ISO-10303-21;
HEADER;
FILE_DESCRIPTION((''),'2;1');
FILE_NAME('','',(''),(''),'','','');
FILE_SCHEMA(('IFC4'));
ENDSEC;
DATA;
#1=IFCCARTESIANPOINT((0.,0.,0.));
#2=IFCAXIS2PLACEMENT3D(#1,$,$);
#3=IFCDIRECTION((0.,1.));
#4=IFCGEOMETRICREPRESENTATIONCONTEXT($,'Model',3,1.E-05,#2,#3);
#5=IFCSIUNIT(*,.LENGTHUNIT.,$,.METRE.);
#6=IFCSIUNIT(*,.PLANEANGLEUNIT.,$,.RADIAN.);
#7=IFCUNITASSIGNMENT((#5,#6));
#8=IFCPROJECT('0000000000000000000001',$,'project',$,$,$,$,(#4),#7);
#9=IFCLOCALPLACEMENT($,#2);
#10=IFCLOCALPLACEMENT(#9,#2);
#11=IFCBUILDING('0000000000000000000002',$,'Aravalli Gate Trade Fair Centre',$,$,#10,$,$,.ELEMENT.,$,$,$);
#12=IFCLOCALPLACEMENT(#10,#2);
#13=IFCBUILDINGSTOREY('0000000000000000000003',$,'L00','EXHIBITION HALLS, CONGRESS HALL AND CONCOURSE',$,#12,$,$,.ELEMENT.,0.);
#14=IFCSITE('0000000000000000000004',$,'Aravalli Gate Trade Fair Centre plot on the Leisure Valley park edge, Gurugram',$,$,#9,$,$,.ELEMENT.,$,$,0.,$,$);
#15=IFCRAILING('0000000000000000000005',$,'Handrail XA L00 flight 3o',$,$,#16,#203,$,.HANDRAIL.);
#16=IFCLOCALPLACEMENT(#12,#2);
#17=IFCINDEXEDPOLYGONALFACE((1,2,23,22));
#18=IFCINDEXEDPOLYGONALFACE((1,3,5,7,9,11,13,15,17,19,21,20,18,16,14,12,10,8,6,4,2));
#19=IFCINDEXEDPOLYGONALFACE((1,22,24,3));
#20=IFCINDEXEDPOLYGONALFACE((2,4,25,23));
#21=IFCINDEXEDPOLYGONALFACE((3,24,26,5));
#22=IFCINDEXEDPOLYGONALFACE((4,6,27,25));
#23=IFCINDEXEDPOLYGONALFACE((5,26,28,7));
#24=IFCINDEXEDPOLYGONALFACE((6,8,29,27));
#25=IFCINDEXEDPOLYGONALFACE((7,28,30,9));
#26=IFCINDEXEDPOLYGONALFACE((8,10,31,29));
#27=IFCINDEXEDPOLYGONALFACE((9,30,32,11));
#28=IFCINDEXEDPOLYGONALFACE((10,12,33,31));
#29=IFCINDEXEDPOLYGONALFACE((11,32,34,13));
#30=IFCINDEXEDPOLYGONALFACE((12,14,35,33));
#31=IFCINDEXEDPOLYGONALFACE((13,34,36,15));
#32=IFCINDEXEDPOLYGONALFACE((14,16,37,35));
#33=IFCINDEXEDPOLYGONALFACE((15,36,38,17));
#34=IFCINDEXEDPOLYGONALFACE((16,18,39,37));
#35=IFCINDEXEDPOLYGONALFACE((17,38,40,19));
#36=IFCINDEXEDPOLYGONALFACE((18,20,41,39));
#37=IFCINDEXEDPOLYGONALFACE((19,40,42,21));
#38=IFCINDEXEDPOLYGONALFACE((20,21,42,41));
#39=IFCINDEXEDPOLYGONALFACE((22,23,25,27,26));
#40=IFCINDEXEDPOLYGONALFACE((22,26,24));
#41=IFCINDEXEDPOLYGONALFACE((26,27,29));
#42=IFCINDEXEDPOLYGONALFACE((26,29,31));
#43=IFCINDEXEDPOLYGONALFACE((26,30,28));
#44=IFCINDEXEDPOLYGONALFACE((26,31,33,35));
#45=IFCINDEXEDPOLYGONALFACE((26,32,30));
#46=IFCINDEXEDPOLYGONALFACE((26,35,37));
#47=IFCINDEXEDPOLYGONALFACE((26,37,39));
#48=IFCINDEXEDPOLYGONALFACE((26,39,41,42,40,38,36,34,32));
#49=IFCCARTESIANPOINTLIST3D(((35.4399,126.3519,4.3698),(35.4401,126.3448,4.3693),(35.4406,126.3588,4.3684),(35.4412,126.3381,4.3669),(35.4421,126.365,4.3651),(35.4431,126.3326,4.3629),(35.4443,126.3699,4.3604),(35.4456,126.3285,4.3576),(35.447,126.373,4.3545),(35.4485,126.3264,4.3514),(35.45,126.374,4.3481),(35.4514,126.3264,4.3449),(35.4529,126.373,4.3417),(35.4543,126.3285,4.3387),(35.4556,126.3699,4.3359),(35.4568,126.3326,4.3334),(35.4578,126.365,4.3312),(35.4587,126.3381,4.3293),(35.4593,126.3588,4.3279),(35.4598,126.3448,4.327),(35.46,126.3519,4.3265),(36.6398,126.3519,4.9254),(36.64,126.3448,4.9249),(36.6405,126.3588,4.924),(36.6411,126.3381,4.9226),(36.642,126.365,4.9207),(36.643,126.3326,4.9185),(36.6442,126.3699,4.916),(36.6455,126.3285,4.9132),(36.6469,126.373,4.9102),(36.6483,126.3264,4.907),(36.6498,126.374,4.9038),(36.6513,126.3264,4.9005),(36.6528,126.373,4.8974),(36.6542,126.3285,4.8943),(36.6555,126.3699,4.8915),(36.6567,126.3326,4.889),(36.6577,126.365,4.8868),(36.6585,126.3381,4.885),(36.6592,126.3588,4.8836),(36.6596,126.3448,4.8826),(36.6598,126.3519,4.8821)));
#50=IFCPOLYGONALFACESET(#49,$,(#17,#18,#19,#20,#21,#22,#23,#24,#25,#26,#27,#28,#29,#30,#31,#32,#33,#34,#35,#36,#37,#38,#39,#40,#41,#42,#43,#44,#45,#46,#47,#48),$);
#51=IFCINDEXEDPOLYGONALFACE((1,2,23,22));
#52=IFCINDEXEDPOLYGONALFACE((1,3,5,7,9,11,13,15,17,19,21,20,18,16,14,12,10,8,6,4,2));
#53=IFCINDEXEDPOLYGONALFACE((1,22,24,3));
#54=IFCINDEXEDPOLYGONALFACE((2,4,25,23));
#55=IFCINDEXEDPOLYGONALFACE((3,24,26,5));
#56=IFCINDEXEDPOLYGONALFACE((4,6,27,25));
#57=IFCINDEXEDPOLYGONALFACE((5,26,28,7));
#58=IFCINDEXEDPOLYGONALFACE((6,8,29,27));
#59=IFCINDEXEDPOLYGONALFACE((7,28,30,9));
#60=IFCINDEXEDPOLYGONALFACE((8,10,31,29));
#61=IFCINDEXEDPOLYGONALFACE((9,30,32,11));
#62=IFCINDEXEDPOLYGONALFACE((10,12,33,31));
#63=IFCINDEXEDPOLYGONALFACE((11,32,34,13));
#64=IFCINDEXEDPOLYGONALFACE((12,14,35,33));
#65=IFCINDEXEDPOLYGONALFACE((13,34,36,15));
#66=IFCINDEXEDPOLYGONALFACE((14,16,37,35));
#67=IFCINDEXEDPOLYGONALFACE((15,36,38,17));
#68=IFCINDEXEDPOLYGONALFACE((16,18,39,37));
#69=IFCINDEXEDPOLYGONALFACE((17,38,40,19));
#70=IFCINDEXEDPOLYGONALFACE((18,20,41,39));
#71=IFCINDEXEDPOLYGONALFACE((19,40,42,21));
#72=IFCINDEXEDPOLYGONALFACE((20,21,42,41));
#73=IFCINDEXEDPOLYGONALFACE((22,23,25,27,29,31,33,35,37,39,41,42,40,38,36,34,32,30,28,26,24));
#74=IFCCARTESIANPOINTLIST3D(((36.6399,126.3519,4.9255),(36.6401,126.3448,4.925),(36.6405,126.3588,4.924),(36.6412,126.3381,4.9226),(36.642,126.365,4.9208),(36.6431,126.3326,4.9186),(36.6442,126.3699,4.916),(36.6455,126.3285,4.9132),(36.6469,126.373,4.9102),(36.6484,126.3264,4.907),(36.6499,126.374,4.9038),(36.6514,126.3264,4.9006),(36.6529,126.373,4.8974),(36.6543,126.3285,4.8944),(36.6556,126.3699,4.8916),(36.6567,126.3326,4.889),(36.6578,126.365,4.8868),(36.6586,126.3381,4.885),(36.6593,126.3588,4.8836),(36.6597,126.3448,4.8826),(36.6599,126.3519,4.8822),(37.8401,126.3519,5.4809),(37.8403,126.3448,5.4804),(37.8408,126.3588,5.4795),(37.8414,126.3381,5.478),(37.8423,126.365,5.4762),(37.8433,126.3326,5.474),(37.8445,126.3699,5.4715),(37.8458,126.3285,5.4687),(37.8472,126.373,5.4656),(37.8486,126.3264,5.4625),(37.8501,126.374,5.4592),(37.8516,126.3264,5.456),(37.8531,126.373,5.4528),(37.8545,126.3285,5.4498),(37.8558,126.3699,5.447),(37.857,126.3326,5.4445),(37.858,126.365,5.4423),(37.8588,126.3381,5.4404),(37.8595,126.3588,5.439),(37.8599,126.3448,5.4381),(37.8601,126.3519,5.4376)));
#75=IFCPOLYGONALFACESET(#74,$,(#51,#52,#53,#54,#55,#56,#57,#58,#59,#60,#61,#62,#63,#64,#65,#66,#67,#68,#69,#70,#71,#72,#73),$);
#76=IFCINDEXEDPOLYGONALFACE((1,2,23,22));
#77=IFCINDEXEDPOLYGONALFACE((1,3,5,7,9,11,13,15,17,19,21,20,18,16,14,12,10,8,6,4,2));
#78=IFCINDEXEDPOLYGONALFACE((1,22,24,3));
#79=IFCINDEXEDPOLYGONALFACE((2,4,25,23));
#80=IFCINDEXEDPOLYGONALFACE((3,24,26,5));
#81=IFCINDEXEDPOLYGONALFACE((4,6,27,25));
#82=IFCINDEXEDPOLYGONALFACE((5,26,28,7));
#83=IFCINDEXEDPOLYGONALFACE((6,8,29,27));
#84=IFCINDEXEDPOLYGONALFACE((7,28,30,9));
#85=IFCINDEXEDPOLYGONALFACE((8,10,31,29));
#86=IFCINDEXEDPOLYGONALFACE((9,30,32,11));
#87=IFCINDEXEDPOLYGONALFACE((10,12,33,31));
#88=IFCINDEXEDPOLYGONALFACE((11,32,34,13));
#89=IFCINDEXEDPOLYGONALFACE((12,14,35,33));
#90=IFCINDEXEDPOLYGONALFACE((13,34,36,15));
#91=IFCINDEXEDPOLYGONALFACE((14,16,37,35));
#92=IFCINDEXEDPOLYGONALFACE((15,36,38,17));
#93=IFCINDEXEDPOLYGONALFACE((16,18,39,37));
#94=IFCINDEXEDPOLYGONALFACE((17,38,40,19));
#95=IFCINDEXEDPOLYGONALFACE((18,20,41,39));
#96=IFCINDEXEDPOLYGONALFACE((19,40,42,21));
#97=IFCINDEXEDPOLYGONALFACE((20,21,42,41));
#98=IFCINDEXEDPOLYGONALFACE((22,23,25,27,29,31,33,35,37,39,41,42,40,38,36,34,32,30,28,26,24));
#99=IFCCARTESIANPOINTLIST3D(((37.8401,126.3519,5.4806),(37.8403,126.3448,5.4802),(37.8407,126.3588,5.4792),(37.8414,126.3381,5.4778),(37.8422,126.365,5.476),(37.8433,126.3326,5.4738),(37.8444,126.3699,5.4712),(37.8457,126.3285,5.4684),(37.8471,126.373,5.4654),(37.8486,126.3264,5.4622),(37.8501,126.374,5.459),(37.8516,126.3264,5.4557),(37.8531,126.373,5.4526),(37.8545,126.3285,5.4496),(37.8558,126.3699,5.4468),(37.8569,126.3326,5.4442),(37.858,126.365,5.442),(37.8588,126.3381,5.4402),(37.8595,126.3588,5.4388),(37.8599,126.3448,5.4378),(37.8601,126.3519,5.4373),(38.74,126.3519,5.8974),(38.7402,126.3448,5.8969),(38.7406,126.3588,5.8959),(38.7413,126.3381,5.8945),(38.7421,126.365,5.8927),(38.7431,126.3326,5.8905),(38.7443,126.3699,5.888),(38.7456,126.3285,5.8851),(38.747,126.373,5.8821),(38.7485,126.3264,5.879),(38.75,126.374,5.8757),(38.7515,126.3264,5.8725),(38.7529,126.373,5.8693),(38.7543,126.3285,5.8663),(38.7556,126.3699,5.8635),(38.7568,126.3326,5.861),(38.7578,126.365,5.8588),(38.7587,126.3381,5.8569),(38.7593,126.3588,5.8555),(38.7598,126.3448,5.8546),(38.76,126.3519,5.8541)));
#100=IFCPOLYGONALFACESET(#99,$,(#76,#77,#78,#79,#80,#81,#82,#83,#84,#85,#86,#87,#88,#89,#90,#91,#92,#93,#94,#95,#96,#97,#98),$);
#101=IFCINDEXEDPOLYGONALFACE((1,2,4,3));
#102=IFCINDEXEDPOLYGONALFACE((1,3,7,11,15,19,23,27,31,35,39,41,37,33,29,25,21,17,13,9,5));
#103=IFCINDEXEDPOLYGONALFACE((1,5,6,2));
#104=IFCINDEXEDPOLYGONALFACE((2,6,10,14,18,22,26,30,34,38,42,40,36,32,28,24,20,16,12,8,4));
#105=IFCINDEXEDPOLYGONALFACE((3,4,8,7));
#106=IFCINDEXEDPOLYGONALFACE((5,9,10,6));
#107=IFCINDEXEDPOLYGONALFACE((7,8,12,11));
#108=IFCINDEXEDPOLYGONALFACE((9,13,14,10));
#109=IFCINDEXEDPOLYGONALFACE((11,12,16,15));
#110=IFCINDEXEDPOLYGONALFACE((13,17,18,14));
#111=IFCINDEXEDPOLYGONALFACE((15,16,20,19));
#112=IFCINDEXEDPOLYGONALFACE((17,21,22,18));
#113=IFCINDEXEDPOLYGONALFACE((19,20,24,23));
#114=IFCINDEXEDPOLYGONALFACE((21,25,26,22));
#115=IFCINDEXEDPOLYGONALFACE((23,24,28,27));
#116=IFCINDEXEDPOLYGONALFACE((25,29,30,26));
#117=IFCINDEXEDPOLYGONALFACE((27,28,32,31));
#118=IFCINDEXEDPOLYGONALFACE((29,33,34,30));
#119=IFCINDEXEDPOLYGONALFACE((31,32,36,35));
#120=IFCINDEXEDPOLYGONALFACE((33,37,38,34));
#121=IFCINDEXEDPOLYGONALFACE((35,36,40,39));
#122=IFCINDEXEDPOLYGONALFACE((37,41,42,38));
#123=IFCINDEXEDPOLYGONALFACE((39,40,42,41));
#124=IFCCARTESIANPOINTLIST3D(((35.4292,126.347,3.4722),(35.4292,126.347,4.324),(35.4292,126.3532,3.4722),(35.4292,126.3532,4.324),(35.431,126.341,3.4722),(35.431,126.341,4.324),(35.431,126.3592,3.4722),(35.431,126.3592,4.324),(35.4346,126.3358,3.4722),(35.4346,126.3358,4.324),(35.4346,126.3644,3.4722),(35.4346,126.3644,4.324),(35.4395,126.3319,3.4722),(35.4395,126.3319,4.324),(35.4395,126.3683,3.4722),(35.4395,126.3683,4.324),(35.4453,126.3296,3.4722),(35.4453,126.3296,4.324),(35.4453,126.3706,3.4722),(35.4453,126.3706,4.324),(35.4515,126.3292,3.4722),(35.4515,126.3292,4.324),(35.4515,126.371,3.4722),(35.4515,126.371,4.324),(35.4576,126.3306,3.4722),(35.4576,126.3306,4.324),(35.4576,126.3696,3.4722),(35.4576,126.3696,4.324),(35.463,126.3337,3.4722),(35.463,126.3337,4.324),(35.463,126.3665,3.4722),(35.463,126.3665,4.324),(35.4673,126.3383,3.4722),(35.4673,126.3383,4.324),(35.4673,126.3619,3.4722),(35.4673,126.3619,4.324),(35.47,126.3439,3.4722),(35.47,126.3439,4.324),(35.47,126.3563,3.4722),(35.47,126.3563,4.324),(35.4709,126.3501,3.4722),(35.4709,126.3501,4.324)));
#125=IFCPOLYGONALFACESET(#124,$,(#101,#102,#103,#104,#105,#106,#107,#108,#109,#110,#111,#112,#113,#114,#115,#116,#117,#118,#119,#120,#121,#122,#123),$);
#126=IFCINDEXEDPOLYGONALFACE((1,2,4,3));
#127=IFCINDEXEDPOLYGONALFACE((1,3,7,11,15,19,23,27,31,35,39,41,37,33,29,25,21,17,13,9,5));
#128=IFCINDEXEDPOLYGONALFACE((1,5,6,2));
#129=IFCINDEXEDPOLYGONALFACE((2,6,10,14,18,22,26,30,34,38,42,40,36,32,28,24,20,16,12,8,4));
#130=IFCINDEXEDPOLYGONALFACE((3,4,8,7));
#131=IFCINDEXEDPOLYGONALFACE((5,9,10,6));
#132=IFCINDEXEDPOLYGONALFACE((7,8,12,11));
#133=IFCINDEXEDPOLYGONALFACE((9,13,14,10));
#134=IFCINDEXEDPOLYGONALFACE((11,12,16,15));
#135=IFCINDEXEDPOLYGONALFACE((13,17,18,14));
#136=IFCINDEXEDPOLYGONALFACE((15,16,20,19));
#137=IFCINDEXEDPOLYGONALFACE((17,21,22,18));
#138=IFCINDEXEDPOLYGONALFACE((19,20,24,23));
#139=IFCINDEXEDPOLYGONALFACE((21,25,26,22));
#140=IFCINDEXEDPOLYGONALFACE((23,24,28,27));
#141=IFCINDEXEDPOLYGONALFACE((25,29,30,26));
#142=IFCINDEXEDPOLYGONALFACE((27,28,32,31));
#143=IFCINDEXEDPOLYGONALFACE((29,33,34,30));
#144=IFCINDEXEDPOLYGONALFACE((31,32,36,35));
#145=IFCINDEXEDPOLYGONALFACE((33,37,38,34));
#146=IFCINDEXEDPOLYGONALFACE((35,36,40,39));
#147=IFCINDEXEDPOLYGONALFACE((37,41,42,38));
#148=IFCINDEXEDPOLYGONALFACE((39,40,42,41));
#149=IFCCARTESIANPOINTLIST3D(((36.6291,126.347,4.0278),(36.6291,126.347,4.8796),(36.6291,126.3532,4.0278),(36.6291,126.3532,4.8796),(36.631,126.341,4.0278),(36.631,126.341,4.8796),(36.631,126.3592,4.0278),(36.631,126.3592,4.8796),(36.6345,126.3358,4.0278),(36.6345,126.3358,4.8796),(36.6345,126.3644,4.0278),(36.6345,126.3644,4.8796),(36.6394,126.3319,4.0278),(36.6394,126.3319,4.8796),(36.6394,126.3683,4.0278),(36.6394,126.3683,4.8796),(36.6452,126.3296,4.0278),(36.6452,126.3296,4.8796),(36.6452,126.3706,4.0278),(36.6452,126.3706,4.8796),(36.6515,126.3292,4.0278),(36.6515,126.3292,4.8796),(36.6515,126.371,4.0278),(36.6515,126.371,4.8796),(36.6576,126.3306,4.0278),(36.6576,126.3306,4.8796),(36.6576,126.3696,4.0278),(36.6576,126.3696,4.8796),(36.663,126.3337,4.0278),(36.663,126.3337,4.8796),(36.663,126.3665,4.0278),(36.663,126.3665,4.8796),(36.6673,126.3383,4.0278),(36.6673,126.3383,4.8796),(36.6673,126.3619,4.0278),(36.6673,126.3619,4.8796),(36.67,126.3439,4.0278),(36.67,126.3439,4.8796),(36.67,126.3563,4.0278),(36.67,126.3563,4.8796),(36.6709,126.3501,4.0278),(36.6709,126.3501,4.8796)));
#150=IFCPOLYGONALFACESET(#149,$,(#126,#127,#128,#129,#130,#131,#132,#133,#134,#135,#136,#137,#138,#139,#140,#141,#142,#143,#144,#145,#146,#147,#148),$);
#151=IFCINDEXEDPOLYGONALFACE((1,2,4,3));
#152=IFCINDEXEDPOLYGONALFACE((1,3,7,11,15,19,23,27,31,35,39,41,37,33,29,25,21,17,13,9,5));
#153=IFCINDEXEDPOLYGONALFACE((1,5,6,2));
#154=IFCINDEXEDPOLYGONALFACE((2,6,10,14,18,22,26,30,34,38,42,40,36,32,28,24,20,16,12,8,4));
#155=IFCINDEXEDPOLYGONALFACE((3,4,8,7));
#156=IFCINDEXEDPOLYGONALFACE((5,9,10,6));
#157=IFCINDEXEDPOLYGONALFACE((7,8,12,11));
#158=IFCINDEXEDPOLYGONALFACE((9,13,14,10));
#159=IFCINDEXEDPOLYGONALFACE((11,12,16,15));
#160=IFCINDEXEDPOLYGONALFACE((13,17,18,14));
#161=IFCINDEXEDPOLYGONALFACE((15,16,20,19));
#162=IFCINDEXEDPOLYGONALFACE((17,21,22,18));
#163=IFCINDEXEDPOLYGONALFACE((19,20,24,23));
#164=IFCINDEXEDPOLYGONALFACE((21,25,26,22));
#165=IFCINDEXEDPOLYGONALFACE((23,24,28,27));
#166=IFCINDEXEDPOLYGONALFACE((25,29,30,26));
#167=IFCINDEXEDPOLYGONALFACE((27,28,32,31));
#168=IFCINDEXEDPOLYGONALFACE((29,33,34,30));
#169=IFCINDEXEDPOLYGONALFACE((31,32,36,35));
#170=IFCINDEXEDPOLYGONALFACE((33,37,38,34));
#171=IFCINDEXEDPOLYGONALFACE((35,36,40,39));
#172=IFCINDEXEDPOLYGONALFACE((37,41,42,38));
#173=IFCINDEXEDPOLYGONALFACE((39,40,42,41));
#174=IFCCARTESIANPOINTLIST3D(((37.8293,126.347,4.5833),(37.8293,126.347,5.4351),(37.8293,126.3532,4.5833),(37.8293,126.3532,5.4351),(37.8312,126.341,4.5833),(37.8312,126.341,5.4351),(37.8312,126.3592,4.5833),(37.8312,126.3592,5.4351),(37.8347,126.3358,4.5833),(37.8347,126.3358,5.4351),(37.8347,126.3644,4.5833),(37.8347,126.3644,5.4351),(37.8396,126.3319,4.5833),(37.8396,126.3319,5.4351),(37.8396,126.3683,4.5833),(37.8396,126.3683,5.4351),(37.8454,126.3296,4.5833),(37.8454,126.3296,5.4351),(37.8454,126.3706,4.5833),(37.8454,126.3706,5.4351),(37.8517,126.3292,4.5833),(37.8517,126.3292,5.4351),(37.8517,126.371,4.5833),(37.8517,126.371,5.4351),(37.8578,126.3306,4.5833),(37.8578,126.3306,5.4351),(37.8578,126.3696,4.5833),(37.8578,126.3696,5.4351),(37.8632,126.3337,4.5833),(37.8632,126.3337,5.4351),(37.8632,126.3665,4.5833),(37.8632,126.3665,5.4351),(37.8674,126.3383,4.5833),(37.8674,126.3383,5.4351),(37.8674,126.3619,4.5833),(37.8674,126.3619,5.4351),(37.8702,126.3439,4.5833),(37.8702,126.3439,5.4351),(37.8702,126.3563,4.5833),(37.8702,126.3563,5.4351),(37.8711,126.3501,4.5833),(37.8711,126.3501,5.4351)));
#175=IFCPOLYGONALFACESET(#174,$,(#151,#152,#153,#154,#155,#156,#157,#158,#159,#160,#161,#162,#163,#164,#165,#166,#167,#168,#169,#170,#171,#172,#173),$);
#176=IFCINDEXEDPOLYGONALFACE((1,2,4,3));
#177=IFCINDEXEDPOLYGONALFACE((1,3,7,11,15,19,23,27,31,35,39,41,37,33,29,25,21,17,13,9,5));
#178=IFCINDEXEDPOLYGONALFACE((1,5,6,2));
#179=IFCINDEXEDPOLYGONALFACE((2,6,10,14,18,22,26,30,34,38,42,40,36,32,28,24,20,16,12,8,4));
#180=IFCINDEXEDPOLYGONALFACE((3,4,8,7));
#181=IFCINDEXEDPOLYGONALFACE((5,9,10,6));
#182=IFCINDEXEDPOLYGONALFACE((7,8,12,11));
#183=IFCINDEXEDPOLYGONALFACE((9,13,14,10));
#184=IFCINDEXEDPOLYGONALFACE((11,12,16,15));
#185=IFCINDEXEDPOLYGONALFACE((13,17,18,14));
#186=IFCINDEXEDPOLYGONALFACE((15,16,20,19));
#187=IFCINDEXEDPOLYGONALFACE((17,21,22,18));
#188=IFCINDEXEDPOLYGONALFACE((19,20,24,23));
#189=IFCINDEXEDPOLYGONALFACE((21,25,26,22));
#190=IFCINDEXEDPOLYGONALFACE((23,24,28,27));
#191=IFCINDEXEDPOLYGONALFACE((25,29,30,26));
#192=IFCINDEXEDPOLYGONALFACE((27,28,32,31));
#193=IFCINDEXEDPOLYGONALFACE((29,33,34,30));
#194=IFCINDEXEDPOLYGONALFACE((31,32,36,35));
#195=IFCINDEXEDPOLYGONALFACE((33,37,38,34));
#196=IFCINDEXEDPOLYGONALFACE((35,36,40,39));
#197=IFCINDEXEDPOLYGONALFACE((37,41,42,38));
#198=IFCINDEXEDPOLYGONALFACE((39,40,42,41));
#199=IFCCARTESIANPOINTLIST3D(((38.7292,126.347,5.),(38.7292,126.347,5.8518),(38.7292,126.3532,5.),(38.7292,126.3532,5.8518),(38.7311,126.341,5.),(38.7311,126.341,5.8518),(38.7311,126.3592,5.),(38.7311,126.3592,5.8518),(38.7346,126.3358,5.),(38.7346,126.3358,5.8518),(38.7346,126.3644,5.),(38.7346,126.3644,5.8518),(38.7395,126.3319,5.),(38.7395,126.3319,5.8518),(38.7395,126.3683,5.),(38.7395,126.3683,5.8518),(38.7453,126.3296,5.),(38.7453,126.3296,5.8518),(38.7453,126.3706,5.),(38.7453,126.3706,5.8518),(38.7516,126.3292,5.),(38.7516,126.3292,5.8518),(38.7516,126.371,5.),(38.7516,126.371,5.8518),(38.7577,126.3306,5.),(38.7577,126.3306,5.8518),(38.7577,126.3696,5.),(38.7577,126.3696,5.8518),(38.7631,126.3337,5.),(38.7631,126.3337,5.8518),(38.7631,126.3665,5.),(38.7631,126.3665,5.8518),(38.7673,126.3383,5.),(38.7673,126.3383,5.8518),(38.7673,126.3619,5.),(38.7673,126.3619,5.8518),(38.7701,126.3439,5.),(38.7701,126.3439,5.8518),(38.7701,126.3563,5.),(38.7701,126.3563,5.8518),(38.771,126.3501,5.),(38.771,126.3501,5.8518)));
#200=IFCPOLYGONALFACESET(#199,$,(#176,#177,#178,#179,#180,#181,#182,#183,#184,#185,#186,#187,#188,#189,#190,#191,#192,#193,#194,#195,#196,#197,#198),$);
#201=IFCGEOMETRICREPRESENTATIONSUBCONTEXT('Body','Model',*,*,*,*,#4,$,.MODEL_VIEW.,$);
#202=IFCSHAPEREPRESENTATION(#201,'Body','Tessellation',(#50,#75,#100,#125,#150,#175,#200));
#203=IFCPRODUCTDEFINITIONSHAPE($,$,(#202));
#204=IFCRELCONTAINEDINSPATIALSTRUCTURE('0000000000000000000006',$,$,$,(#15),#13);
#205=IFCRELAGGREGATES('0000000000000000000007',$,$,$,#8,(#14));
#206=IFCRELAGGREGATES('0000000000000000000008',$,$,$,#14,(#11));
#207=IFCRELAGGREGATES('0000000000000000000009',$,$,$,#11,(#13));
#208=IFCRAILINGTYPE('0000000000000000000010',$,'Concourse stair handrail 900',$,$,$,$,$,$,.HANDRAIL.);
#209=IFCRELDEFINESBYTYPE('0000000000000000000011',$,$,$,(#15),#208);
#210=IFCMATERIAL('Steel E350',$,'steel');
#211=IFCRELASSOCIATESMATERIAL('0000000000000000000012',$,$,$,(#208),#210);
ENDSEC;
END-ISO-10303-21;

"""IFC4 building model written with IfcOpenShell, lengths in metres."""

from ifc_helpers import new_model, si_unit, direction, frame, origin, origin_2d, place, context, subcontext, project, spatial, circle, extrude, material, type_object, element, save


model = new_model("IFC4")

# Units and contexts
model_context = context("Model", 3, precision=1e-05, world=origin(), true_north=direction((0.0, 1.0)))
body_context = subcontext(model_context, "Body", "Model", "MODEL_VIEW")
ifc_project = project(units=[si_unit("LENGTHUNIT", "METRE"), si_unit("PLANEANGLEUNIT", "RADIAN")], contexts=[model_context])

# Site, building, storey
site_placement = place(None, origin())
site = spatial("IfcSite", under=ifc_project, at=site_placement, Name="Aravalli Gate Trade Fair Centre plot on the Leisure Valley park edge, Gurugram", CompositionType="ELEMENT", RefElevation=0.0)
building_placement = place(site_placement, origin())
building = spatial("IfcBuilding", under=site, at=building_placement, Name="Aravalli Gate Trade Fair Centre", CompositionType="ELEMENT")
storey_placement = place(building_placement, origin())
storey = spatial("IfcBuildingStorey", under=building, at=storey_placement, Name="L00", Description="EXHIBITION HALLS, CONGRESS HALL AND CONCOURSE", CompositionType="ELEMENT", Elevation=0.0)

# Shared definitions
ifc_material_1 = material(Name="Steel E350", Category="steel")

# Railing
railing_type = type_object("IfcRailingType", Name="Concourse stair handrail 900", PredefinedType="HANDRAIL", material=ifc_material_1)
for number, where, name in (
    (1, (35.45, 126.3501, 3.4722), "Handrail XA L00 flight 3o"),
):
    element("IfcRailing", number, at=place(storey_placement, frame(where)), inside=storey, type_object=railing_type, Name=name, PredefinedType="HANDRAIL", context=body_context, shape_type="SweptSolid", body=[
        extrude(circle(Radius=0.0239, at=origin_2d()), frame((0.0, 0.0, 0.876), z_axis=(0.907429, 0.0, 0.420205), x_axis=(0.0, 1.0, 0.0)), (0.0, 0.0, 1.0), 1.3223),
        extrude(circle(Radius=0.0239, at=origin_2d()), frame((1.2, 0.0, 1.4316), z_axis=(0.907532, 0.0, 0.419983), x_axis=(0.0, 1.0, 0.0)), (0.0, 0.0, 1.0), 1.3225),
        extrude(circle(Radius=0.0239, at=origin_2d()), frame((2.4001, 0.0, 1.9868), z_axis=(0.907418, 0.0, 0.420229), x_axis=(0.0, 1.0, 0.0)), (0.0, 0.0, 1.0), 0.9917),
        extrude(circle(Radius=0.021, at=origin_2d()), origin(), (0.0, 0.0, 1.0), 0.8518),
        extrude(circle(Radius=0.021, at=origin_2d()), frame((1.2, 0.0, 0.5557)), (0.0, 0.0, 1.0), 0.8518),
        extrude(circle(Radius=0.021, at=origin_2d()), frame((2.4001, 0.0, 1.1111)), (0.0, 0.0, 1.0), 0.8518),
        extrude(circle(Radius=0.021, at=origin_2d()), frame((3.3, 0.0, 1.5278)), (0.0, 0.0, 1.0), 0.8518),
    ])

save(model, "model.ifc")
